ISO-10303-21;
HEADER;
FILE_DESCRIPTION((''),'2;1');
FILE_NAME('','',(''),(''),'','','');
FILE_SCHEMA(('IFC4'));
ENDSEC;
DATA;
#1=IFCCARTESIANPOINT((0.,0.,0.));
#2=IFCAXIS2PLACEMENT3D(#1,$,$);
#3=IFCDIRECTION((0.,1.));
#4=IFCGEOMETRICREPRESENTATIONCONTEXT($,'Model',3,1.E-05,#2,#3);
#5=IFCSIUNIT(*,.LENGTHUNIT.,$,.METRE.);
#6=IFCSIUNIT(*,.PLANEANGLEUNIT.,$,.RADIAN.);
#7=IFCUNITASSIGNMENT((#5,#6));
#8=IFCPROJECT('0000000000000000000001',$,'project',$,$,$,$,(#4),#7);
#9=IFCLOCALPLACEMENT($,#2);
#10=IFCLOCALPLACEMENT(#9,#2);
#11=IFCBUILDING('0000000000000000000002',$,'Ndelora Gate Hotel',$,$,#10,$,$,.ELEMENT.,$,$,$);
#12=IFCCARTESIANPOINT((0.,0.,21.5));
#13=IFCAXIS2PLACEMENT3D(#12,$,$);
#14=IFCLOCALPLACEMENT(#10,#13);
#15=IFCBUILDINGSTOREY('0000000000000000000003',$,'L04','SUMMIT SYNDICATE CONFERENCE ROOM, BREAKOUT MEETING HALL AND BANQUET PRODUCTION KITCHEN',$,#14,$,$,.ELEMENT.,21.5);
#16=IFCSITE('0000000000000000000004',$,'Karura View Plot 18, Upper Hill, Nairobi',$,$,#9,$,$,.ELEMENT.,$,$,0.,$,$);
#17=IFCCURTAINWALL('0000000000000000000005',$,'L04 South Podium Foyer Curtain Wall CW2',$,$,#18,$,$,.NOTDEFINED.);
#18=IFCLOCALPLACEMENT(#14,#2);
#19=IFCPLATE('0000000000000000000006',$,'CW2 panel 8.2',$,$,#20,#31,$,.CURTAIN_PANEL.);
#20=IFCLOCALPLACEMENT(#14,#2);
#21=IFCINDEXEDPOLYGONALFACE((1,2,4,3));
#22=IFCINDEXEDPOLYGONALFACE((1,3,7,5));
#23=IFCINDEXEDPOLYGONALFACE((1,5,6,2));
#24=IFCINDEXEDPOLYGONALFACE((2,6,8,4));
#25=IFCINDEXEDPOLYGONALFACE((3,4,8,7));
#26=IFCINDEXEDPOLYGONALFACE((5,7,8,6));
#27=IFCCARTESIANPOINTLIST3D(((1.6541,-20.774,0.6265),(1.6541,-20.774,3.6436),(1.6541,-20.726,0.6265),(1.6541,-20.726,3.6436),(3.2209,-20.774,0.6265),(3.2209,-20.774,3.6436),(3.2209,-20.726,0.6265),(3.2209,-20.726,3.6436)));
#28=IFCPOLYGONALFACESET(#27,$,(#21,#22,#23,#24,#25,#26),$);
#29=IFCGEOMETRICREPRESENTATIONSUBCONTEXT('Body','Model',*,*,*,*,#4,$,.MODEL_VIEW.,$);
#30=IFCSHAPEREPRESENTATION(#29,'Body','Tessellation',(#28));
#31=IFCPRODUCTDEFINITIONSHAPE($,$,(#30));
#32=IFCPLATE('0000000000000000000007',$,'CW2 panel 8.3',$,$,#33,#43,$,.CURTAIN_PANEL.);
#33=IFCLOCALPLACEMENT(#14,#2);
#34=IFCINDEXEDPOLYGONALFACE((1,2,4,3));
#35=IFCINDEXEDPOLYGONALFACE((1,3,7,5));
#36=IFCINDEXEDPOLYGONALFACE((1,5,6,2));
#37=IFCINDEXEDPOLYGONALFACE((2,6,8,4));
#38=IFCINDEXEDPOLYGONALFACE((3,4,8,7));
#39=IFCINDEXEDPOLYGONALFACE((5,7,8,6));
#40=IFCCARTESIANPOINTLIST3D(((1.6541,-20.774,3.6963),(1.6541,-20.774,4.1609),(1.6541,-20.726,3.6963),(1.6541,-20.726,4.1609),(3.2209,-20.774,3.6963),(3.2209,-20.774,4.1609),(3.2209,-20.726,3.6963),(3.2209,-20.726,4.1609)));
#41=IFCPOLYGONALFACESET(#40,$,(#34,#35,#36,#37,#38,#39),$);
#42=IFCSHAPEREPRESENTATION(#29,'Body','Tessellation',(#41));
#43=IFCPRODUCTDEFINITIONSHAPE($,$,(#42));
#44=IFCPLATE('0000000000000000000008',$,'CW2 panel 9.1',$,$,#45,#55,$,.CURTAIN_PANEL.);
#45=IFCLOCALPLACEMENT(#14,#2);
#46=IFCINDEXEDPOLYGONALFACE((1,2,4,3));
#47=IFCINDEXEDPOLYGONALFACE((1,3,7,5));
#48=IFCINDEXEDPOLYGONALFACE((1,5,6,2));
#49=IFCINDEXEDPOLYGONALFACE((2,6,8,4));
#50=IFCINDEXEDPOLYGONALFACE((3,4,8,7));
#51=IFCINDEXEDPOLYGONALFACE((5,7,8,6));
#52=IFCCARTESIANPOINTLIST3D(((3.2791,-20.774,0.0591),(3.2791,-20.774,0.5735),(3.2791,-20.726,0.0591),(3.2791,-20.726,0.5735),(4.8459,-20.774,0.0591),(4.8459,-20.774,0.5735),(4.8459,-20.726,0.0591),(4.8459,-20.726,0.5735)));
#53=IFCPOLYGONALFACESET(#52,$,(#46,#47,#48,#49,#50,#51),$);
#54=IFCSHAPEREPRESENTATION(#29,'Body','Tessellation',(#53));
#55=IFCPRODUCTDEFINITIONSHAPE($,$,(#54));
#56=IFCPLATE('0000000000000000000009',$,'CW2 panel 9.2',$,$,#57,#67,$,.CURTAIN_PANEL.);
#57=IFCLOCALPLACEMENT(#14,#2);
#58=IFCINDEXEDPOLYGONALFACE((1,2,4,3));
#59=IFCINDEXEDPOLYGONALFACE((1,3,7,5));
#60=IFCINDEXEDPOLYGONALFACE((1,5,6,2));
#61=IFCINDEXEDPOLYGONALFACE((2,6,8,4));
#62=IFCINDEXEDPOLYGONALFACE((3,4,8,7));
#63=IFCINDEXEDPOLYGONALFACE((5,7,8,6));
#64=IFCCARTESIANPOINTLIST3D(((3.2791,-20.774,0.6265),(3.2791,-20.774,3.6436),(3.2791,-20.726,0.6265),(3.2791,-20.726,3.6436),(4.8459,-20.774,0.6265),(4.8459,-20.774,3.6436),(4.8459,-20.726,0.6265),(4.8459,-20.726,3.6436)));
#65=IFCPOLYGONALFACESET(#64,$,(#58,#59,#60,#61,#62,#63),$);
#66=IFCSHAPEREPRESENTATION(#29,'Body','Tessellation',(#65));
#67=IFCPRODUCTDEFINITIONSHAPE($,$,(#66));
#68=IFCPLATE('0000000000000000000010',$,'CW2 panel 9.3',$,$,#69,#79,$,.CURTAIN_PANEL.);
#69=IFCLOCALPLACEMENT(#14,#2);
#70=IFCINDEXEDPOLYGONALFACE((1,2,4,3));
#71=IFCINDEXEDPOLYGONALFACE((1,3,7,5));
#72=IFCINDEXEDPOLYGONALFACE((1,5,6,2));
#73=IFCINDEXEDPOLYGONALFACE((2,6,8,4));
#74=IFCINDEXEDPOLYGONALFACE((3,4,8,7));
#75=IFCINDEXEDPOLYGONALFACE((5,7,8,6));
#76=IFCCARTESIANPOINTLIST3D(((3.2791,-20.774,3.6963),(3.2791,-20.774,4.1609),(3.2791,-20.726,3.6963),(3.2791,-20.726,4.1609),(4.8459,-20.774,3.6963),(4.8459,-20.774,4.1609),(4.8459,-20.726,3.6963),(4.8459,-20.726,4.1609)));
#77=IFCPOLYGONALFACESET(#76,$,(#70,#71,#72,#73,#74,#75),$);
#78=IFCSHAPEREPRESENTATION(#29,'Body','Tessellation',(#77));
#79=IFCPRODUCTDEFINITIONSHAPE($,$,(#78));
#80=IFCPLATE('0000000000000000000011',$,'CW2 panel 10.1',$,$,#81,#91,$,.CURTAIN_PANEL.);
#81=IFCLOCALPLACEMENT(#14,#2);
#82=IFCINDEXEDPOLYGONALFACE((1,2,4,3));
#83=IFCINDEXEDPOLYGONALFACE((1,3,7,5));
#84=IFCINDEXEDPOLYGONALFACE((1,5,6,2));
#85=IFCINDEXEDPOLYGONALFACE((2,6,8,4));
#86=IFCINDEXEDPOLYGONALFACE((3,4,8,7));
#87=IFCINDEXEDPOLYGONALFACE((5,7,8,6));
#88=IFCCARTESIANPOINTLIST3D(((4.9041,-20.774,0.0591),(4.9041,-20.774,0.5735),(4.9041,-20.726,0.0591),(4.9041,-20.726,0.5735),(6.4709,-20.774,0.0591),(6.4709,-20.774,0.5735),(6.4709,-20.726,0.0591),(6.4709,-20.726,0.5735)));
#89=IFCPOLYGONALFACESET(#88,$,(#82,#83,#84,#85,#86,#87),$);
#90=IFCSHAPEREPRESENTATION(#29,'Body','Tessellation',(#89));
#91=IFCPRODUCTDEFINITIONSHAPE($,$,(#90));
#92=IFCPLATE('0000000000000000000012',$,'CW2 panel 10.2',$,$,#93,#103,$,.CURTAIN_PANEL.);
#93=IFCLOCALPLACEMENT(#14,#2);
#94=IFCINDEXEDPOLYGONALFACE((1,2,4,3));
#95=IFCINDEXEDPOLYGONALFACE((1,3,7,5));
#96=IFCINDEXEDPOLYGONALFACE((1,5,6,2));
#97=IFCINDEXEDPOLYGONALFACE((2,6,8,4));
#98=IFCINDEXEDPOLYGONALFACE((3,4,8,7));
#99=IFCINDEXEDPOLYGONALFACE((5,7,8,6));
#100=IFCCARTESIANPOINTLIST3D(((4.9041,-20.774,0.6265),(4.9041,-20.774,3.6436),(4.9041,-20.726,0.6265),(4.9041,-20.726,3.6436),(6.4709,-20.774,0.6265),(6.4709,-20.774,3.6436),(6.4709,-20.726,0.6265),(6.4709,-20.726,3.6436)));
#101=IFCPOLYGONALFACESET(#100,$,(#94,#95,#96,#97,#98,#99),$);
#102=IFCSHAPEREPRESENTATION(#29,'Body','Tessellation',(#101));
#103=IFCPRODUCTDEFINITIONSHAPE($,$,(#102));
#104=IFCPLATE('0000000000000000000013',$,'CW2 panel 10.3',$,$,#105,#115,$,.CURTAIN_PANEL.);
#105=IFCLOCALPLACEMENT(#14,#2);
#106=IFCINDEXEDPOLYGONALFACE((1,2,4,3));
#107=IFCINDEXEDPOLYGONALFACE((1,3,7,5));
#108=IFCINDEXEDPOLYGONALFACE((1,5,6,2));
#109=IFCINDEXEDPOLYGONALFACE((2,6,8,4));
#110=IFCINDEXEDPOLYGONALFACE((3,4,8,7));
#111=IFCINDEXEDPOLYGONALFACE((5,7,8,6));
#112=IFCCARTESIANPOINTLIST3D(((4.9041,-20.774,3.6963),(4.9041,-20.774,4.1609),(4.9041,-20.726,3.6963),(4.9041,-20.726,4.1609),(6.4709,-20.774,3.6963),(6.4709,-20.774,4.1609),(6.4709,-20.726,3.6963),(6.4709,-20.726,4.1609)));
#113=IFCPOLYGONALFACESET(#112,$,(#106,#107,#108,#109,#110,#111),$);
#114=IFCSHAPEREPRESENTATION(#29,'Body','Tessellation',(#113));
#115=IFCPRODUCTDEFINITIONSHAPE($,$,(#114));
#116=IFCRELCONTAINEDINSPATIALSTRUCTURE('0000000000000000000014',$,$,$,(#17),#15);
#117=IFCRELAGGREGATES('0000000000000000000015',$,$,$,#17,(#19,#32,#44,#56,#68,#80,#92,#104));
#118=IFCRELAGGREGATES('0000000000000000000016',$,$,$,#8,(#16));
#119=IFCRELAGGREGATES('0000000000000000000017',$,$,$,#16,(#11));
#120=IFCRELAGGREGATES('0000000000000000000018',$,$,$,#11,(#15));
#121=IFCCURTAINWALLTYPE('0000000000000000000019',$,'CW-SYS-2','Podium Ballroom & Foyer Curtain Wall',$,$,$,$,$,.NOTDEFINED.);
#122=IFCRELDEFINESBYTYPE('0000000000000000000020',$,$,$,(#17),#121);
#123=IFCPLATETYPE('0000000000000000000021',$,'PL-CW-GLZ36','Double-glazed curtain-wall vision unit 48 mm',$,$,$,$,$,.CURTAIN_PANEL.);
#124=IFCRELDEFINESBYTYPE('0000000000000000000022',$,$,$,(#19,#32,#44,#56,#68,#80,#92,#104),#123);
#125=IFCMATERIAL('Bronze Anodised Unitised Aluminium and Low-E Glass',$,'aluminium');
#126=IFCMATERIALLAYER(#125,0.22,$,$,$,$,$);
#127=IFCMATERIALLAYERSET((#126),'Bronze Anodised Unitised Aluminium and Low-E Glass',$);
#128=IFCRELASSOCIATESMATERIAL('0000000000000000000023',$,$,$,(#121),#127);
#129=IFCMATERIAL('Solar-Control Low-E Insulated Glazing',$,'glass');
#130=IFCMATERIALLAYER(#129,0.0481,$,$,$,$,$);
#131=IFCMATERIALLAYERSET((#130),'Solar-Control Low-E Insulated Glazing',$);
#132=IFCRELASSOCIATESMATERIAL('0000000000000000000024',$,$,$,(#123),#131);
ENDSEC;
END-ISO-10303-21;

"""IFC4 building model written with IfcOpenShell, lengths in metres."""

from ifc_helpers import new_model, si_unit, direction, frame, origin, origin_2d, place, context, subcontext, project, spatial, rectangle, extrude, material, layer, layer_set, type_object, element, aggregate, save


model = new_model("IFC4")

# Units and contexts
model_context = context("Model", 3, precision=1e-05, world=origin(), true_north=direction((0.0, 1.0)))
body_context = subcontext(model_context, "Body", "Model", "MODEL_VIEW")
ifc_project = project(units=[si_unit("LENGTHUNIT", "METRE"), si_unit("PLANEANGLEUNIT", "RADIAN")], contexts=[model_context])

# Site, building, storey
site_placement = place(None, origin())
site = spatial("IfcSite", under=ifc_project, at=site_placement, Name="Karura View Plot 18, Upper Hill, Nairobi", CompositionType="ELEMENT", RefElevation=0.0)
building_placement = place(site_placement, origin())
building = spatial("IfcBuilding", under=site, at=building_placement, Name="Ndelora Gate Hotel", CompositionType="ELEMENT")
storey_placement = place(building_placement, frame((0.0, 0.0, 21.5)))
storey = spatial("IfcBuildingStorey", under=building, at=storey_placement, Name="L04", Description="SUMMIT SYNDICATE CONFERENCE ROOM, BREAKOUT MEETING HALL AND BANQUET PRODUCTION KITCHEN", CompositionType="ELEMENT", Elevation=21.5)

# Curtain wall, plates
ifc_material_1 = material(Name="Bronze Anodised Unitised Aluminium and Low-E Glass", Category="aluminium")
ifc_layer_1 = layer(ifc_material_1, 0.22)
ifc_layer_set_1 = layer_set([ifc_layer_1], Name="Bronze Anodised Unitised Aluminium and Low-E Glass")
curtain_wall_type = type_object("IfcCurtainWallType", Name="CW-SYS-2", Description="Podium Ballroom & Foyer Curtain Wall", PredefinedType="NOTDEFINED", material=ifc_layer_set_1)
curtain_wall_placement = place(storey_placement, origin())
curtain_wall = element("IfcCurtainWall", 1, at=curtain_wall_placement, inside=storey, type_object=curtain_wall_type, Name="L04 South Podium Foyer Curtain Wall CW2", PredefinedType="NOTDEFINED")
ifc_material_2 = material(Name="Solar-Control Low-E Insulated Glazing", Category="glass")
ifc_layer_2 = layer(ifc_material_2, 0.0481)
ifc_layer_set_2 = layer_set([ifc_layer_2], Name="Solar-Control Low-E Insulated Glazing")
plate_type = type_object("IfcPlateType", Name="PL-CW-GLZ36", Description="Double-glazed curtain-wall vision unit 48 mm", PredefinedType="CURTAIN_PANEL", material=ifc_layer_set_2)
plate_1_placement = place(storey_placement, frame((2.4375, -20.75, 0.6265), z_axis=(0.0, 0.0, 1.0), x_axis=(1.0, 0.0, 0.0)))
plate_1 = element("IfcPlate", 2, at=plate_1_placement, type_object=plate_type, Name="CW2 panel 8.2", PredefinedType="CURTAIN_PANEL", context=body_context, shape_type="SweptSolid", body=[
    extrude(rectangle(XDim=1.5669, YDim=0.0481, at=origin_2d()), origin(), (0.0, 0.0, 1.0), 3.0171),
])
plate_2_placement = place(storey_placement, frame((2.4375, -20.75, 3.6963), z_axis=(0.0, 0.0, 1.0), x_axis=(1.0, 0.0, 0.0)))
plate_2 = element("IfcPlate", 3, at=plate_2_placement, type_object=plate_type, Name="CW2 panel 8.3", PredefinedType="CURTAIN_PANEL", context=body_context, shape_type="SweptSolid", body=[
    extrude(rectangle(XDim=1.5669, YDim=0.0481, at=origin_2d()), origin(), (0.0, 0.0, 1.0), 0.4646),
])
plate_3_placement = place(storey_placement, frame((4.0625, -20.75, 0.0591), z_axis=(0.0, 0.0, 1.0), x_axis=(1.0, 0.0, 0.0)))
plate_3 = element("IfcPlate", 4, at=plate_3_placement, type_object=plate_type, Name="CW2 panel 9.1", PredefinedType="CURTAIN_PANEL", context=body_context, shape_type="SweptSolid", body=[
    extrude(rectangle(XDim=1.5669, YDim=0.0481, at=origin_2d()), origin(), (0.0, 0.0, 1.0), 0.5144),
])
plate_4_placement = place(storey_placement, frame((4.0625, -20.75, 0.6265), z_axis=(0.0, 0.0, 1.0), x_axis=(1.0, 0.0, 0.0)))
plate_4 = element("IfcPlate", 5, at=plate_4_placement, type_object=plate_type, Name="CW2 panel 9.2", PredefinedType="CURTAIN_PANEL", context=body_context, shape_type="SweptSolid", body=[
    extrude(rectangle(XDim=1.5669, YDim=0.0481, at=origin_2d()), origin(), (0.0, 0.0, 1.0), 3.0171),
])
plate_5_placement = place(storey_placement, frame((4.0625, -20.75, 3.6963), z_axis=(0.0, 0.0, 1.0), x_axis=(1.0, 0.0, 0.0)))
plate_5 = element("IfcPlate", 6, at=plate_5_placement, type_object=plate_type, Name="CW2 panel 9.3", PredefinedType="CURTAIN_PANEL", context=body_context, shape_type="SweptSolid", body=[
    extrude(rectangle(XDim=1.5669, YDim=0.0481, at=origin_2d()), origin(), (0.0, 0.0, 1.0), 0.4646),
])
plate_6_placement = place(storey_placement, frame((5.6875, -20.75, 0.0591), z_axis=(0.0, 0.0, 1.0), x_axis=(1.0, 0.0, 0.0)))
plate_6 = element("IfcPlate", 7, at=plate_6_placement, type_object=plate_type, Name="CW2 panel 10.1", PredefinedType="CURTAIN_PANEL", context=body_context, shape_type="SweptSolid", body=[
    extrude(rectangle(XDim=1.5669, YDim=0.0481, at=origin_2d()), origin(), (0.0, 0.0, 1.0), 0.5144),
])
plate_7_placement = place(storey_placement, frame((5.6875, -20.75, 0.6265), z_axis=(0.0, 0.0, 1.0), x_axis=(1.0, 0.0, 0.0)))
plate_7 = element("IfcPlate", 8, at=plate_7_placement, type_object=plate_type, Name="CW2 panel 10.2", PredefinedType="CURTAIN_PANEL", context=body_context, shape_type="SweptSolid", body=[
    extrude(rectangle(XDim=1.5669, YDim=0.0481, at=origin_2d()), origin(), (0.0, 0.0, 1.0), 3.0171),
])
plate_8_placement = place(storey_placement, frame((5.6875, -20.75, 3.6963), z_axis=(0.0, 0.0, 1.0), x_axis=(1.0, 0.0, 0.0)))
plate_8 = element("IfcPlate", 9, at=plate_8_placement, type_object=plate_type, Name="CW2 panel 10.3", PredefinedType="CURTAIN_PANEL", context=body_context, shape_type="SweptSolid", body=[
    extrude(rectangle(XDim=1.5669, YDim=0.0481, at=origin_2d()), origin(), (0.0, 0.0, 1.0), 0.4646),
])
aggregate(curtain_wall, [plate_1, plate_2, plate_3, plate_4, plate_5, plate_6, plate_7, plate_8])

save(model, "model.ifc")
